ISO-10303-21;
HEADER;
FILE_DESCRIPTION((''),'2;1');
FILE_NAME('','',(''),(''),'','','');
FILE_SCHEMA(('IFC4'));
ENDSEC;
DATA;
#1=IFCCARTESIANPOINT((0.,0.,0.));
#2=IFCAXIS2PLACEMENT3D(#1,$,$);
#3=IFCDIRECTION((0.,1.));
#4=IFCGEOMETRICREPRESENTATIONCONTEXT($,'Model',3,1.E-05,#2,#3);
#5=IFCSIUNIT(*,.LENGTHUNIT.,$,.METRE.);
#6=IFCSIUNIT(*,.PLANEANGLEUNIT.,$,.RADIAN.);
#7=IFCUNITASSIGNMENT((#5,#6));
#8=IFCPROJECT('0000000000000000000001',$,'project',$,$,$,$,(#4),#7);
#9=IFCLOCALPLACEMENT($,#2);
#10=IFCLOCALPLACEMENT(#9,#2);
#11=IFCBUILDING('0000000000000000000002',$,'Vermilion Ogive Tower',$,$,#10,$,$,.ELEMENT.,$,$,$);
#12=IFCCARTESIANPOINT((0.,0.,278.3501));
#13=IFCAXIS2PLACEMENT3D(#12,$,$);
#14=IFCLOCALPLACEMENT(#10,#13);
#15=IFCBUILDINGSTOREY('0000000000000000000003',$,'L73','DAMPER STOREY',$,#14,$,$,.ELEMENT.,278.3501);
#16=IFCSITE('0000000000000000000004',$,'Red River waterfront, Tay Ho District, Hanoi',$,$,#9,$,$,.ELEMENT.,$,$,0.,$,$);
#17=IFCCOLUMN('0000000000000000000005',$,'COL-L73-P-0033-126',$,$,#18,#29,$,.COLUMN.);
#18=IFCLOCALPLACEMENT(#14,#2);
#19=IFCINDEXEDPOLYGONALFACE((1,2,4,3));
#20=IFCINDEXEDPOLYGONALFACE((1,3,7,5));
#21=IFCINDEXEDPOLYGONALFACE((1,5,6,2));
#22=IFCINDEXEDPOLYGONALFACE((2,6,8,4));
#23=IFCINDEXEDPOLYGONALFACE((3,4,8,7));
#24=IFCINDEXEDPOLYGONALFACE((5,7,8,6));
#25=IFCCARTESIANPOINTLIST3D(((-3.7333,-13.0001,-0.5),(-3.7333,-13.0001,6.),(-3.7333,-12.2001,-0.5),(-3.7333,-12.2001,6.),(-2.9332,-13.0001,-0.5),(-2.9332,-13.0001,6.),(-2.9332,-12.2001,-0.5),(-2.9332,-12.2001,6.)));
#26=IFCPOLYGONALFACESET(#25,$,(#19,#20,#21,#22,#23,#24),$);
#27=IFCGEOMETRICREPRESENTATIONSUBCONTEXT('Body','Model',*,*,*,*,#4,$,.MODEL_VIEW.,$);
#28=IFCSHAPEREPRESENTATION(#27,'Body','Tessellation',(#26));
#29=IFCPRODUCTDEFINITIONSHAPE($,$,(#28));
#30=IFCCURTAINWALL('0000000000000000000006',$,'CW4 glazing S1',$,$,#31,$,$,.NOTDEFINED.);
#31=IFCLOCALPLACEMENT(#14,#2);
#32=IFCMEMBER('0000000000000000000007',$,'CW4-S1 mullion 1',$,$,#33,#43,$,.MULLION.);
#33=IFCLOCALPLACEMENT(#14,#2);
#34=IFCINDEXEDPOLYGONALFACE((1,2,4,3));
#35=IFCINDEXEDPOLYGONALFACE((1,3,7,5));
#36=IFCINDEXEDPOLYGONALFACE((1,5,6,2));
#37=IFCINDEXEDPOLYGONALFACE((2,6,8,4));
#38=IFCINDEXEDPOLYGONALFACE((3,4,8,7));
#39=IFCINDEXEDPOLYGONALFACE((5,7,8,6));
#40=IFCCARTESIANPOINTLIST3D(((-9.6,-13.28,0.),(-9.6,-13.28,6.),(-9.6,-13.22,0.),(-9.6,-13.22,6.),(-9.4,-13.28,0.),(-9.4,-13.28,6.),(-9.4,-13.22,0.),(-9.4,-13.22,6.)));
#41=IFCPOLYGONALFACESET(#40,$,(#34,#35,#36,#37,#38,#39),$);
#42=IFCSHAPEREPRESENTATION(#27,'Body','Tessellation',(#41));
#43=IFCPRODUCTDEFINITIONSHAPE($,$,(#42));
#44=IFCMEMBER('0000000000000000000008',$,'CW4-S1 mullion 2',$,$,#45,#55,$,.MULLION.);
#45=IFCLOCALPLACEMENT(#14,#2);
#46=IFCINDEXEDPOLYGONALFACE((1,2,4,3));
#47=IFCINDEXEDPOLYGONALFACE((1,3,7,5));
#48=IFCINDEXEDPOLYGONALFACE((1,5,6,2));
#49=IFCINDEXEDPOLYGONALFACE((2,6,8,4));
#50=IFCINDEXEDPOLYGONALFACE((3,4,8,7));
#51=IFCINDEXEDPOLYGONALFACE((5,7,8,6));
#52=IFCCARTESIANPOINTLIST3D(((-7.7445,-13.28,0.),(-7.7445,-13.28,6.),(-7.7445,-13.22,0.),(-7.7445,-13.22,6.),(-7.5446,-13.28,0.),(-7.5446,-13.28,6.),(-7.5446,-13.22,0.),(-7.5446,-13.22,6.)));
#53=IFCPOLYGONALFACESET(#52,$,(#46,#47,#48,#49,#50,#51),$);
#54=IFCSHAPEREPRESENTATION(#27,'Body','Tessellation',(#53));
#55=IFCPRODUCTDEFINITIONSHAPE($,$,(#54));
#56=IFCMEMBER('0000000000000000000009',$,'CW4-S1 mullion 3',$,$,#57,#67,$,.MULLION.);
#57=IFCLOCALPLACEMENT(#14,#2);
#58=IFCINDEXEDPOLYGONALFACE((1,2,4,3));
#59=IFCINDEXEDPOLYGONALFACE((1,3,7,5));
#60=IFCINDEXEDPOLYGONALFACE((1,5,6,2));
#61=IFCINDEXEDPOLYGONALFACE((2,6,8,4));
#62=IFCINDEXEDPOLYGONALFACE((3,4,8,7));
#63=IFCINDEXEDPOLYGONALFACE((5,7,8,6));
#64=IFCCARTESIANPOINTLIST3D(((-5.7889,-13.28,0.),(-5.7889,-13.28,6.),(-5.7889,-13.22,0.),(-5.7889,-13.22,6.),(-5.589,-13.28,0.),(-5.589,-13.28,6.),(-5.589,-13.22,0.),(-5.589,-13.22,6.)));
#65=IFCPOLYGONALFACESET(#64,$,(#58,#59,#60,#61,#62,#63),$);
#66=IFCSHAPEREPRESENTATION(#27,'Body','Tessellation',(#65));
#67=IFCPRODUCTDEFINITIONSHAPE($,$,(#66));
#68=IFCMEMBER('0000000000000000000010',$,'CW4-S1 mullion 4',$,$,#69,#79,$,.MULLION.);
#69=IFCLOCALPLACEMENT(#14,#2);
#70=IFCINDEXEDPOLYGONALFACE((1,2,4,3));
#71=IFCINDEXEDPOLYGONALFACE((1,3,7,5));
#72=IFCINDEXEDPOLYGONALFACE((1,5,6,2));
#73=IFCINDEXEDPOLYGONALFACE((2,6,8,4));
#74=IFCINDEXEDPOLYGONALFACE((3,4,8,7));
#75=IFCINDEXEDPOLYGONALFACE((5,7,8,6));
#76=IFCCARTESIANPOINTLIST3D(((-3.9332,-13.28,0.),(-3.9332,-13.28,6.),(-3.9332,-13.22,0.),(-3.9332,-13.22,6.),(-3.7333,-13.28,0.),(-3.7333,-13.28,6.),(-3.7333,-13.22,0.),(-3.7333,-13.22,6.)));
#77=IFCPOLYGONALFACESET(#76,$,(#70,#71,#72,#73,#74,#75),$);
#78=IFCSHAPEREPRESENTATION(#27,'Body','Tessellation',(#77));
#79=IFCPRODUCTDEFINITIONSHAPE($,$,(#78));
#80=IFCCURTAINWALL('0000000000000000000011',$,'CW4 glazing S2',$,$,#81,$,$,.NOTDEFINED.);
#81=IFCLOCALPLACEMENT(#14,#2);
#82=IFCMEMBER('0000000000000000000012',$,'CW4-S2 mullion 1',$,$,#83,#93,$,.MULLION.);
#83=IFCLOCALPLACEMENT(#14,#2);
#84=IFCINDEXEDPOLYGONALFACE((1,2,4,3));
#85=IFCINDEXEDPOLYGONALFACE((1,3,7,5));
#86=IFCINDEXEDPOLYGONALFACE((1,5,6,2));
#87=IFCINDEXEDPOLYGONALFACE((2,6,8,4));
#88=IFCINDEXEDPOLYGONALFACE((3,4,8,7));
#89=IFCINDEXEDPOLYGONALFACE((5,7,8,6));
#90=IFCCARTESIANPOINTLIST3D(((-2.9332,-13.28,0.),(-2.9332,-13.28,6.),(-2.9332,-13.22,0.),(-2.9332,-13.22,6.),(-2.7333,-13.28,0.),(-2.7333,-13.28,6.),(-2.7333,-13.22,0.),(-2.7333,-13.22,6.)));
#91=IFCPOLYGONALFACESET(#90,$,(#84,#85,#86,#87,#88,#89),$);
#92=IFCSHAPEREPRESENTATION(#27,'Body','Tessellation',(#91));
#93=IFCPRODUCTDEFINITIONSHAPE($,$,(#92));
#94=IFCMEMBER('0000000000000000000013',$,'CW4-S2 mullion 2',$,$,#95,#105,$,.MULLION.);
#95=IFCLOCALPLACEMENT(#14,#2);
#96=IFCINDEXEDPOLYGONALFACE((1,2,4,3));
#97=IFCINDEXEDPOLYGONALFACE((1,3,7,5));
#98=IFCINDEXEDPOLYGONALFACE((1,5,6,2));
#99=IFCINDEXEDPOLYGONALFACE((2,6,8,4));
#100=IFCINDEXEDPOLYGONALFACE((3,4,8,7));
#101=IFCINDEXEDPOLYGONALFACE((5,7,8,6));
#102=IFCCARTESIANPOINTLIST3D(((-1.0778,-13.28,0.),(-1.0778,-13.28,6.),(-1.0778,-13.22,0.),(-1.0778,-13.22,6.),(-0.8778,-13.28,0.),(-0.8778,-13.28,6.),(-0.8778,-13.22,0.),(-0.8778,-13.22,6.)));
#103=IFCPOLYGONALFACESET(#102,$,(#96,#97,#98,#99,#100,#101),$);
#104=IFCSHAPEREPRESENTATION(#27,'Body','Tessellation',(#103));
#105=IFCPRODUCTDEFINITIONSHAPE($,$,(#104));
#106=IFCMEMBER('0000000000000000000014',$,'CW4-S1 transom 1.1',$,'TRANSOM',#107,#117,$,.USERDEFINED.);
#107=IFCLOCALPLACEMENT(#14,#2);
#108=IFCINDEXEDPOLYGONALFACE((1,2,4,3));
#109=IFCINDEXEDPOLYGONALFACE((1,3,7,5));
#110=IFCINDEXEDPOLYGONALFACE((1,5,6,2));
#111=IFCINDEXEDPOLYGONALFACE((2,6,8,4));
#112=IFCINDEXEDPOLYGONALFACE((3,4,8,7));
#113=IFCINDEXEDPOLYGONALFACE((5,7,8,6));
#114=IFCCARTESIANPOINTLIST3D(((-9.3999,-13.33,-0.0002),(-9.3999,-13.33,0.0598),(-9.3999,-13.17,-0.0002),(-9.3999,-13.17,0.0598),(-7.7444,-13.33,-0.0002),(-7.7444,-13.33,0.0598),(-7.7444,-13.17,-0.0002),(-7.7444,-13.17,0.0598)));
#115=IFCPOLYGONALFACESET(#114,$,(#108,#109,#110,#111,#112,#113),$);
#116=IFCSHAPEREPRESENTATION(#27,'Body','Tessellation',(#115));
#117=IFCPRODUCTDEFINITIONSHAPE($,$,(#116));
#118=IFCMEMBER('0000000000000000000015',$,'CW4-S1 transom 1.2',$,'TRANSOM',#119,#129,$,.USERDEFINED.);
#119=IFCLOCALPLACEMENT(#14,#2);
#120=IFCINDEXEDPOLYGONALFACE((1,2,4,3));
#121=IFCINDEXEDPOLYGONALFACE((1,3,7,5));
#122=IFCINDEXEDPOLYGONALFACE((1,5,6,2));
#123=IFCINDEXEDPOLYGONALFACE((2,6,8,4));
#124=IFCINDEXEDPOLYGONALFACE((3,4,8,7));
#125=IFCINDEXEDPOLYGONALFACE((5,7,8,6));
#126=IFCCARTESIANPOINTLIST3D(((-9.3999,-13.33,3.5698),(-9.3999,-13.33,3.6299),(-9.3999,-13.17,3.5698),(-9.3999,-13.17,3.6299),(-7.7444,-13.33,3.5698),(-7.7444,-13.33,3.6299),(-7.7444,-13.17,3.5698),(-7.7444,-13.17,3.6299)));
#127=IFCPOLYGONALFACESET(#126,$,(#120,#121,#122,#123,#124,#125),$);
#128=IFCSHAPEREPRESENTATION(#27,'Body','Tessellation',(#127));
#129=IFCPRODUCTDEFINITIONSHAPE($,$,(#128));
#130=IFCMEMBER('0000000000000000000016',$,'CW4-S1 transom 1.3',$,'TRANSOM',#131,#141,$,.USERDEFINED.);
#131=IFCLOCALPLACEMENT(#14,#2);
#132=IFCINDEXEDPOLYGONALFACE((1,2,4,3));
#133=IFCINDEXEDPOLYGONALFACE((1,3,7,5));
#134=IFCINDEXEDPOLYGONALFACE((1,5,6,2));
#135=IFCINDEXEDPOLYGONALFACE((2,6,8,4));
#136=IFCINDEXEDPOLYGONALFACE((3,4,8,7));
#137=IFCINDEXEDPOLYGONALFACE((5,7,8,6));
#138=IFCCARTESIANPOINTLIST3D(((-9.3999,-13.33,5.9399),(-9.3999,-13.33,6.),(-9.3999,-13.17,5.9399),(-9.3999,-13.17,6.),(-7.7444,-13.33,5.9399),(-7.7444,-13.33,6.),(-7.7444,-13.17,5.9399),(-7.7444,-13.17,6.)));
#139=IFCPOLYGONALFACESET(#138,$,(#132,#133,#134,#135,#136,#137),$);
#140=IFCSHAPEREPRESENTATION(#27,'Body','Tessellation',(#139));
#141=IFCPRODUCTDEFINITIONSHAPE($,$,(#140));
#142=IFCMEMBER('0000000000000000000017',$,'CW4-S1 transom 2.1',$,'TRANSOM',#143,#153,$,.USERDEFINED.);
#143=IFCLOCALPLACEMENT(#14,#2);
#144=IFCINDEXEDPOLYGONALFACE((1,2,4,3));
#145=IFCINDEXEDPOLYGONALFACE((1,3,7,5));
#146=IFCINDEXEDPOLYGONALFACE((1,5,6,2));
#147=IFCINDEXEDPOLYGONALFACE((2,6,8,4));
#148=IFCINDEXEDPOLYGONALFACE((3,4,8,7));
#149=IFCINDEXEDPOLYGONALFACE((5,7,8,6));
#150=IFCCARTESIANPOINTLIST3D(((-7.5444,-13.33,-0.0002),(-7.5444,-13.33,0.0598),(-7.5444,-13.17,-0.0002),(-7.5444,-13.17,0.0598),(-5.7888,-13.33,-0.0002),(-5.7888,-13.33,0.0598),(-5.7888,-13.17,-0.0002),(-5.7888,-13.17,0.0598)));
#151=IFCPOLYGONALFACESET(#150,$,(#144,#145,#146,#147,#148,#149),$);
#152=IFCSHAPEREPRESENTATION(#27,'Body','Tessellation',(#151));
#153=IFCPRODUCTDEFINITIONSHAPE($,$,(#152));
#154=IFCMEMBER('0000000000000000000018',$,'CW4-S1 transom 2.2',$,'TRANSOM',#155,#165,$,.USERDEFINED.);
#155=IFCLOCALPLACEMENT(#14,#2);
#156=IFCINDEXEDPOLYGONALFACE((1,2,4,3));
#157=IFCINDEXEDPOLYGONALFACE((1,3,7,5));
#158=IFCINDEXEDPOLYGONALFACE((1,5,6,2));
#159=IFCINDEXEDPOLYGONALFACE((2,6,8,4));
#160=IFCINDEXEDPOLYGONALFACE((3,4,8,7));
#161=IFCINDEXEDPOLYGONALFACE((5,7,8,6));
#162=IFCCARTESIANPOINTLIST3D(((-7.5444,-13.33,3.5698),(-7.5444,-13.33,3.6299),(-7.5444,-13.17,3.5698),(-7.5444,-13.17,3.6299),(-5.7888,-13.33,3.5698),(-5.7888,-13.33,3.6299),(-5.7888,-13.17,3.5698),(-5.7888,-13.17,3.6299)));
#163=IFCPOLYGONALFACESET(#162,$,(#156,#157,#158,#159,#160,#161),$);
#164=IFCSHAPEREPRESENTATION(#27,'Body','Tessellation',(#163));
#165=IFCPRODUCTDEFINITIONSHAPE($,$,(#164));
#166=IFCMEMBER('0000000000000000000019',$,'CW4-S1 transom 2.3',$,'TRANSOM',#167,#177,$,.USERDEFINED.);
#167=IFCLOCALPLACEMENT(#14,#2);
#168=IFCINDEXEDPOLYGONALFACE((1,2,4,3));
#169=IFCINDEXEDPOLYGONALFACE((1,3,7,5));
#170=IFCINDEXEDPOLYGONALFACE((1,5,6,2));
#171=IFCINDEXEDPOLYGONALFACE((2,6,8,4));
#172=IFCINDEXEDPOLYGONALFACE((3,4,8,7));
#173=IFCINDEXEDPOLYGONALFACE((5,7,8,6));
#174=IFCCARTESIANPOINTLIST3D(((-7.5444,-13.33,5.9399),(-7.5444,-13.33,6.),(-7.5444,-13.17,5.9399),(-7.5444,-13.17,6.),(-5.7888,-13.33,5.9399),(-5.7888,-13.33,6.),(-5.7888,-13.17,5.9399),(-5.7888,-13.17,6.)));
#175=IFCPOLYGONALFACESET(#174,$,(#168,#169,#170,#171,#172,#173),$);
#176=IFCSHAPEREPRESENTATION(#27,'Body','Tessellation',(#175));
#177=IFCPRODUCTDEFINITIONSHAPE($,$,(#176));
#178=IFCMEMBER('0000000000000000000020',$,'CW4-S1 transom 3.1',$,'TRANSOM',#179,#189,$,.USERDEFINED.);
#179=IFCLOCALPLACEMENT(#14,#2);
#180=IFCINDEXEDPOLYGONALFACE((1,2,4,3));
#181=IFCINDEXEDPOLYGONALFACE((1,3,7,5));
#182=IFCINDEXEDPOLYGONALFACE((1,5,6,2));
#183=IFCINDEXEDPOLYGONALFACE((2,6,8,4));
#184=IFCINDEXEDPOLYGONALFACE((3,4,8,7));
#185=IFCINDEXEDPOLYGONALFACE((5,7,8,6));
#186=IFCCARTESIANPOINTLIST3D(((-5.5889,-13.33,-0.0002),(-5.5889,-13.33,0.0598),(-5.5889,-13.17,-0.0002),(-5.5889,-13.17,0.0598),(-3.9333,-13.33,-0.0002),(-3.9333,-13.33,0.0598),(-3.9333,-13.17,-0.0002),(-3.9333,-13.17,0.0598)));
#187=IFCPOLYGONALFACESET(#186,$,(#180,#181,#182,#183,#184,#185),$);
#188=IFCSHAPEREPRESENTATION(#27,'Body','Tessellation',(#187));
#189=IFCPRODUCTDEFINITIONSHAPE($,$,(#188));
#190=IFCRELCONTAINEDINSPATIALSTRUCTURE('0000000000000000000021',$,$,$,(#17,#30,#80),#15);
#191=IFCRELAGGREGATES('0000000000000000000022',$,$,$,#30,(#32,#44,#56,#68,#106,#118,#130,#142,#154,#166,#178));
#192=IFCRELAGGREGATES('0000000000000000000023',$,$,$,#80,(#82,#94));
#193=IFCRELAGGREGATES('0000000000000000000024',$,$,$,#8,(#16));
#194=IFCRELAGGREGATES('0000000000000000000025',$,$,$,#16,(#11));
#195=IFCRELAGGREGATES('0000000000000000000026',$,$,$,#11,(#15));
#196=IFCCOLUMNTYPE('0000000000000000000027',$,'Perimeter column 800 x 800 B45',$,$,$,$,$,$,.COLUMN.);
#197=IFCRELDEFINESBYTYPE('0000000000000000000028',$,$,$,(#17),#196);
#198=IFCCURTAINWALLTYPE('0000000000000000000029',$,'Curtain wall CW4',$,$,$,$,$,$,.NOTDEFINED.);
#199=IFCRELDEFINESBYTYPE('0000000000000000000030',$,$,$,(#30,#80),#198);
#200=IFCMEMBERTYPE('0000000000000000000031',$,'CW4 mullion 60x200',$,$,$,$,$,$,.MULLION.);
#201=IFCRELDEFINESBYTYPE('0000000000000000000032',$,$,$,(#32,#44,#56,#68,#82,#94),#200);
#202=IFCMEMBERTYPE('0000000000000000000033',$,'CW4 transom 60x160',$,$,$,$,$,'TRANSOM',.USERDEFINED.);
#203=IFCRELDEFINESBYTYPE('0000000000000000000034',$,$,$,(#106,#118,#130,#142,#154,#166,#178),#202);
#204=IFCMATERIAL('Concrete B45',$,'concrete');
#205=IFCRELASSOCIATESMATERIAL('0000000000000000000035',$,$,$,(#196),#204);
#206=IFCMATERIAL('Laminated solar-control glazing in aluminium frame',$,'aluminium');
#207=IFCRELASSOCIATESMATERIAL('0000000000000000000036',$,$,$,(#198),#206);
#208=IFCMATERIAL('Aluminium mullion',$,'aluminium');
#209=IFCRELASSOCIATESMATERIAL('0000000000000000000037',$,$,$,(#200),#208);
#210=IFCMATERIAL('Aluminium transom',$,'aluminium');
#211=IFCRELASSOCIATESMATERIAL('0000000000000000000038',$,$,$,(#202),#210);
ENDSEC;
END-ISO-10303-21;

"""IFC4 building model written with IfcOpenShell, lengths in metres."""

from ifc_helpers import new_model, si_unit, direction, frame, origin, origin_2d, place, context, subcontext, project, spatial, rectangle, extrude, material, material_profile, profile_set, type_object, element, aggregate, save


model = new_model("IFC4")

# Units and contexts
model_context = context("Model", 3, precision=1e-05, world=origin(), true_north=direction((0.0, 1.0)))
body_context = subcontext(model_context, "Body", "Model", "MODEL_VIEW")
ifc_project = project(units=[si_unit("LENGTHUNIT", "METRE"), si_unit("PLANEANGLEUNIT", "RADIAN")], contexts=[model_context])

# Site, building, storey
site_placement = place(None, origin())
site = spatial("IfcSite", under=ifc_project, at=site_placement, Name="Red River waterfront, Tay Ho District, Hanoi", CompositionType="ELEMENT", RefElevation=0.0)
building_placement = place(site_placement, origin())
building = spatial("IfcBuilding", under=site, at=building_placement, Name="Vermilion Ogive Tower", CompositionType="ELEMENT")
storey_placement = place(building_placement, frame((0.0, 0.0, 278.3501)))
storey = spatial("IfcBuildingStorey", under=building, at=storey_placement, Name="L73", Description="DAMPER STOREY", CompositionType="ELEMENT", Elevation=278.3501)

# Column
ifc_material_1 = material(Name="Concrete B45", Category="concrete")
ifc_material_profile_1 = material_profile(ifc_material_1, rectangle(XDim=0.8, YDim=0.8, at=origin_2d()), Name="800 x 800")
ifc_profile_set_1 = profile_set([ifc_material_profile_1], Name="Concrete B45")
column_type = type_object("IfcColumnType", Name="Perimeter column 800 x 800 B45", PredefinedType="COLUMN", material=ifc_profile_set_1)
column_placement = place(storey_placement, frame((-3.3333, -12.6001, -0.5), z_axis=(0.0, 0.0, 1.0), x_axis=(1.0, 0.0, 0.0)))
element("IfcColumn", 1, at=column_placement, inside=storey, type_object=column_type, Name="COL-L73-P-0033-126", PredefinedType="COLUMN", context=body_context, shape_type="SweptSolid", body=[
    extrude(rectangle(XDim=0.8, YDim=0.8, at=origin_2d()), origin(), (0.0, 0.0, 1.0), 6.5),
])

# Curtain walls, members
ifc_material_2 = material(Name="Laminated solar-control glazing in aluminium frame", Category="aluminium")
curtain_wall_type = type_object("IfcCurtainWallType", Name="Curtain wall CW4", PredefinedType="NOTDEFINED", material=ifc_material_2)
curtain_wall_1_placement = place(storey_placement, origin())
curtain_wall_1 = element("IfcCurtainWall", 2, at=curtain_wall_1_placement, inside=storey, type_object=curtain_wall_type, Name="CW4 glazing S1", PredefinedType="NOTDEFINED")
ifc_material_3 = material(Name="Aluminium mullion", Category="aluminium")
ifc_material_profile_2 = material_profile(ifc_material_3, rectangle(XDim=0.0601, YDim=0.2, at=origin_2d()), Name="AL 60x200")
ifc_profile_set_2 = profile_set([ifc_material_profile_2], Name="Aluminium mullion")
member_type_1 = type_object("IfcMemberType", Name="CW4 mullion 60x200", PredefinedType="MULLION", material=ifc_profile_set_2)
member_1_placement = place(storey_placement, frame((-9.5, -13.25, 0.0), z_axis=(0.0, 0.0, 1.0), x_axis=(0.0, 1.0, 0.0)))
member_1 = element("IfcMember", 3, at=member_1_placement, type_object=member_type_1, Name="CW4-S1 mullion 1", PredefinedType="MULLION", context=body_context, shape_type="SweptSolid", body=[
    extrude(rectangle(XDim=0.0601, YDim=0.2, at=origin_2d()), origin(), (0.0, 0.0, 1.0), 6.0),
])
member_2_placement = place(storey_placement, frame((-7.6445, -13.25, 0.0), z_axis=(0.0, 0.0, 1.0), x_axis=(0.0, 1.0, 0.0)))
member_2 = element("IfcMember", 4, at=member_2_placement, type_object=member_type_1, Name="CW4-S1 mullion 2", PredefinedType="MULLION", context=body_context, shape_type="SweptSolid", body=[
    extrude(rectangle(XDim=0.0601, YDim=0.2, at=origin_2d()), origin(), (0.0, 0.0, 1.0), 6.0),
])
member_3_placement = place(storey_placement, frame((-5.689, -13.25, 0.0), z_axis=(0.0, 0.0, 1.0), x_axis=(0.0, 1.0, 0.0)))
member_3 = element("IfcMember", 5, at=member_3_placement, type_object=member_type_1, Name="CW4-S1 mullion 3", PredefinedType="MULLION", context=body_context, shape_type="SweptSolid", body=[
    extrude(rectangle(XDim=0.0601, YDim=0.2, at=origin_2d()), origin(), (0.0, 0.0, 1.0), 6.0),
])
member_4_placement = place(storey_placement, frame((-3.8333, -13.25, 0.0), z_axis=(0.0, 0.0, 1.0), x_axis=(0.0, 1.0, 0.0)))
member_4 = element("IfcMember", 6, at=member_4_placement, type_object=member_type_1, Name="CW4-S1 mullion 4", PredefinedType="MULLION", context=body_context, shape_type="SweptSolid", body=[
    extrude(rectangle(XDim=0.0601, YDim=0.2, at=origin_2d()), origin(), (0.0, 0.0, 1.0), 6.0),
])
curtain_wall_2_placement = place(storey_placement, origin())
curtain_wall_2 = element("IfcCurtainWall", 7, at=curtain_wall_2_placement, inside=storey, type_object=curtain_wall_type, Name="CW4 glazing S2", PredefinedType="NOTDEFINED")
member_5_placement = place(storey_placement, frame((-2.8333, -13.25, 0.0), z_axis=(0.0, 0.0, 1.0), x_axis=(0.0, 1.0, 0.0)))
member_5 = element("IfcMember", 8, at=member_5_placement, type_object=member_type_1, Name="CW4-S2 mullion 1", PredefinedType="MULLION", context=body_context, shape_type="SweptSolid", body=[
    extrude(rectangle(XDim=0.0601, YDim=0.2, at=origin_2d()), origin(), (0.0, 0.0, 1.0), 6.0),
])
member_6_placement = place(storey_placement, frame((-0.9778, -13.25, 0.0), z_axis=(0.0, 0.0, 1.0), x_axis=(0.0, 1.0, 0.0)))
member_6 = element("IfcMember", 9, at=member_6_placement, type_object=member_type_1, Name="CW4-S2 mullion 2", PredefinedType="MULLION", context=body_context, shape_type="SweptSolid", body=[
    extrude(rectangle(XDim=0.0601, YDim=0.2, at=origin_2d()), origin(), (0.0, 0.0, 1.0), 6.0),
])

# Members
ifc_material_4 = material(Name="Aluminium transom", Category="aluminium")
ifc_material_profile_3 = material_profile(ifc_material_4, rectangle(XDim=0.1599, YDim=0.0601, at=origin_2d()), Name="AL 60x160")
ifc_profile_set_3 = profile_set([ifc_material_profile_3], Name="Aluminium transom")
member_type_2 = type_object("IfcMemberType", Name="CW4 transom 60x160", ElementType="TRANSOM", PredefinedType="USERDEFINED", material=ifc_profile_set_3)
member_7_placement = place(storey_placement, frame((-9.3999, -13.25, 0.0298), z_axis=(1.0, 0.0, 0.0), x_axis=(0.0, 1.0, 0.0)))
member_7 = element("IfcMember", 10, at=member_7_placement, type_object=member_type_2, Name="CW4-S1 transom 1.1", ObjectType="TRANSOM", PredefinedType="USERDEFINED", context=body_context, shape_type="SweptSolid", body=[
    extrude(rectangle(XDim=0.1599, YDim=0.0601, at=origin_2d()), origin(), (0.0, 0.0, 1.0), 1.6555),
])
member_8_placement = place(storey_placement, frame((-9.3999, -13.25, 3.5999), z_axis=(1.0, 0.0, 0.0), x_axis=(0.0, 1.0, 0.0)))
member_8 = element("IfcMember", 11, at=member_8_placement, type_object=member_type_2, Name="CW4-S1 transom 1.2", ObjectType="TRANSOM", PredefinedType="USERDEFINED", context=body_context, shape_type="SweptSolid", body=[
    extrude(rectangle(XDim=0.1599, YDim=0.0601, at=origin_2d()), origin(), (0.0, 0.0, 1.0), 1.6555),
])
member_9_placement = place(storey_placement, frame((-9.3999, -13.25, 5.97), z_axis=(1.0, 0.0, 0.0), x_axis=(0.0, 1.0, 0.0)))
member_9 = element("IfcMember", 12, at=member_9_placement, type_object=member_type_2, Name="CW4-S1 transom 1.3", ObjectType="TRANSOM", PredefinedType="USERDEFINED", context=body_context, shape_type="SweptSolid", body=[
    extrude(rectangle(XDim=0.1599, YDim=0.0601, at=origin_2d()), origin(), (0.0, 0.0, 1.0), 1.6555),
])
member_10_placement = place(storey_placement, frame((-7.5444, -13.25, 0.0298), z_axis=(1.0, 0.0, 0.0), x_axis=(0.0, 1.0, 0.0)))
member_10 = element("IfcMember", 13, at=member_10_placement, type_object=member_type_2, Name="CW4-S1 transom 2.1", ObjectType="TRANSOM", PredefinedType="USERDEFINED", context=body_context, shape_type="SweptSolid", body=[
    extrude(rectangle(XDim=0.1599, YDim=0.0601, at=origin_2d()), origin(), (0.0, 0.0, 1.0), 1.7556),
])
member_11_placement = place(storey_placement, frame((-7.5444, -13.25, 3.5999), z_axis=(1.0, 0.0, 0.0), x_axis=(0.0, 1.0, 0.0)))
member_11 = element("IfcMember", 14, at=member_11_placement, type_object=member_type_2, Name="CW4-S1 transom 2.2", ObjectType="TRANSOM", PredefinedType="USERDEFINED", context=body_context, shape_type="SweptSolid", body=[
    extrude(rectangle(XDim=0.1599, YDim=0.0601, at=origin_2d()), origin(), (0.0, 0.0, 1.0), 1.7556),
])
member_12_placement = place(storey_placement, frame((-7.5444, -13.25, 5.97), z_axis=(1.0, 0.0, 0.0), x_axis=(0.0, 1.0, 0.0)))
member_12 = element("IfcMember", 15, at=member_12_placement, type_object=member_type_2, Name="CW4-S1 transom 2.3", ObjectType="TRANSOM", PredefinedType="USERDEFINED", context=body_context, shape_type="SweptSolid", body=[
    extrude(rectangle(XDim=0.1599, YDim=0.0601, at=origin_2d()), origin(), (0.0, 0.0, 1.0), 1.7556),
])
member_13_placement = place(storey_placement, frame((-5.5889, -13.25, 0.0298), z_axis=(1.0, 0.0, 0.0), x_axis=(0.0, 1.0, 0.0)))
member_13 = element("IfcMember", 16, at=member_13_placement, type_object=member_type_2, Name="CW4-S1 transom 3.1", ObjectType="TRANSOM", PredefinedType="USERDEFINED", context=body_context, shape_type="SweptSolid", body=[
    extrude(rectangle(XDim=0.1599, YDim=0.0601, at=origin_2d()), origin(), (0.0, 0.0, 1.0), 1.6555),
])

aggregate(curtain_wall_1, [member_1, member_2, member_3, member_4, member_7, member_8, member_9, member_10, member_11, member_12, member_13])
aggregate(curtain_wall_2, [member_5, member_6])

save(model, "model.ifc")
